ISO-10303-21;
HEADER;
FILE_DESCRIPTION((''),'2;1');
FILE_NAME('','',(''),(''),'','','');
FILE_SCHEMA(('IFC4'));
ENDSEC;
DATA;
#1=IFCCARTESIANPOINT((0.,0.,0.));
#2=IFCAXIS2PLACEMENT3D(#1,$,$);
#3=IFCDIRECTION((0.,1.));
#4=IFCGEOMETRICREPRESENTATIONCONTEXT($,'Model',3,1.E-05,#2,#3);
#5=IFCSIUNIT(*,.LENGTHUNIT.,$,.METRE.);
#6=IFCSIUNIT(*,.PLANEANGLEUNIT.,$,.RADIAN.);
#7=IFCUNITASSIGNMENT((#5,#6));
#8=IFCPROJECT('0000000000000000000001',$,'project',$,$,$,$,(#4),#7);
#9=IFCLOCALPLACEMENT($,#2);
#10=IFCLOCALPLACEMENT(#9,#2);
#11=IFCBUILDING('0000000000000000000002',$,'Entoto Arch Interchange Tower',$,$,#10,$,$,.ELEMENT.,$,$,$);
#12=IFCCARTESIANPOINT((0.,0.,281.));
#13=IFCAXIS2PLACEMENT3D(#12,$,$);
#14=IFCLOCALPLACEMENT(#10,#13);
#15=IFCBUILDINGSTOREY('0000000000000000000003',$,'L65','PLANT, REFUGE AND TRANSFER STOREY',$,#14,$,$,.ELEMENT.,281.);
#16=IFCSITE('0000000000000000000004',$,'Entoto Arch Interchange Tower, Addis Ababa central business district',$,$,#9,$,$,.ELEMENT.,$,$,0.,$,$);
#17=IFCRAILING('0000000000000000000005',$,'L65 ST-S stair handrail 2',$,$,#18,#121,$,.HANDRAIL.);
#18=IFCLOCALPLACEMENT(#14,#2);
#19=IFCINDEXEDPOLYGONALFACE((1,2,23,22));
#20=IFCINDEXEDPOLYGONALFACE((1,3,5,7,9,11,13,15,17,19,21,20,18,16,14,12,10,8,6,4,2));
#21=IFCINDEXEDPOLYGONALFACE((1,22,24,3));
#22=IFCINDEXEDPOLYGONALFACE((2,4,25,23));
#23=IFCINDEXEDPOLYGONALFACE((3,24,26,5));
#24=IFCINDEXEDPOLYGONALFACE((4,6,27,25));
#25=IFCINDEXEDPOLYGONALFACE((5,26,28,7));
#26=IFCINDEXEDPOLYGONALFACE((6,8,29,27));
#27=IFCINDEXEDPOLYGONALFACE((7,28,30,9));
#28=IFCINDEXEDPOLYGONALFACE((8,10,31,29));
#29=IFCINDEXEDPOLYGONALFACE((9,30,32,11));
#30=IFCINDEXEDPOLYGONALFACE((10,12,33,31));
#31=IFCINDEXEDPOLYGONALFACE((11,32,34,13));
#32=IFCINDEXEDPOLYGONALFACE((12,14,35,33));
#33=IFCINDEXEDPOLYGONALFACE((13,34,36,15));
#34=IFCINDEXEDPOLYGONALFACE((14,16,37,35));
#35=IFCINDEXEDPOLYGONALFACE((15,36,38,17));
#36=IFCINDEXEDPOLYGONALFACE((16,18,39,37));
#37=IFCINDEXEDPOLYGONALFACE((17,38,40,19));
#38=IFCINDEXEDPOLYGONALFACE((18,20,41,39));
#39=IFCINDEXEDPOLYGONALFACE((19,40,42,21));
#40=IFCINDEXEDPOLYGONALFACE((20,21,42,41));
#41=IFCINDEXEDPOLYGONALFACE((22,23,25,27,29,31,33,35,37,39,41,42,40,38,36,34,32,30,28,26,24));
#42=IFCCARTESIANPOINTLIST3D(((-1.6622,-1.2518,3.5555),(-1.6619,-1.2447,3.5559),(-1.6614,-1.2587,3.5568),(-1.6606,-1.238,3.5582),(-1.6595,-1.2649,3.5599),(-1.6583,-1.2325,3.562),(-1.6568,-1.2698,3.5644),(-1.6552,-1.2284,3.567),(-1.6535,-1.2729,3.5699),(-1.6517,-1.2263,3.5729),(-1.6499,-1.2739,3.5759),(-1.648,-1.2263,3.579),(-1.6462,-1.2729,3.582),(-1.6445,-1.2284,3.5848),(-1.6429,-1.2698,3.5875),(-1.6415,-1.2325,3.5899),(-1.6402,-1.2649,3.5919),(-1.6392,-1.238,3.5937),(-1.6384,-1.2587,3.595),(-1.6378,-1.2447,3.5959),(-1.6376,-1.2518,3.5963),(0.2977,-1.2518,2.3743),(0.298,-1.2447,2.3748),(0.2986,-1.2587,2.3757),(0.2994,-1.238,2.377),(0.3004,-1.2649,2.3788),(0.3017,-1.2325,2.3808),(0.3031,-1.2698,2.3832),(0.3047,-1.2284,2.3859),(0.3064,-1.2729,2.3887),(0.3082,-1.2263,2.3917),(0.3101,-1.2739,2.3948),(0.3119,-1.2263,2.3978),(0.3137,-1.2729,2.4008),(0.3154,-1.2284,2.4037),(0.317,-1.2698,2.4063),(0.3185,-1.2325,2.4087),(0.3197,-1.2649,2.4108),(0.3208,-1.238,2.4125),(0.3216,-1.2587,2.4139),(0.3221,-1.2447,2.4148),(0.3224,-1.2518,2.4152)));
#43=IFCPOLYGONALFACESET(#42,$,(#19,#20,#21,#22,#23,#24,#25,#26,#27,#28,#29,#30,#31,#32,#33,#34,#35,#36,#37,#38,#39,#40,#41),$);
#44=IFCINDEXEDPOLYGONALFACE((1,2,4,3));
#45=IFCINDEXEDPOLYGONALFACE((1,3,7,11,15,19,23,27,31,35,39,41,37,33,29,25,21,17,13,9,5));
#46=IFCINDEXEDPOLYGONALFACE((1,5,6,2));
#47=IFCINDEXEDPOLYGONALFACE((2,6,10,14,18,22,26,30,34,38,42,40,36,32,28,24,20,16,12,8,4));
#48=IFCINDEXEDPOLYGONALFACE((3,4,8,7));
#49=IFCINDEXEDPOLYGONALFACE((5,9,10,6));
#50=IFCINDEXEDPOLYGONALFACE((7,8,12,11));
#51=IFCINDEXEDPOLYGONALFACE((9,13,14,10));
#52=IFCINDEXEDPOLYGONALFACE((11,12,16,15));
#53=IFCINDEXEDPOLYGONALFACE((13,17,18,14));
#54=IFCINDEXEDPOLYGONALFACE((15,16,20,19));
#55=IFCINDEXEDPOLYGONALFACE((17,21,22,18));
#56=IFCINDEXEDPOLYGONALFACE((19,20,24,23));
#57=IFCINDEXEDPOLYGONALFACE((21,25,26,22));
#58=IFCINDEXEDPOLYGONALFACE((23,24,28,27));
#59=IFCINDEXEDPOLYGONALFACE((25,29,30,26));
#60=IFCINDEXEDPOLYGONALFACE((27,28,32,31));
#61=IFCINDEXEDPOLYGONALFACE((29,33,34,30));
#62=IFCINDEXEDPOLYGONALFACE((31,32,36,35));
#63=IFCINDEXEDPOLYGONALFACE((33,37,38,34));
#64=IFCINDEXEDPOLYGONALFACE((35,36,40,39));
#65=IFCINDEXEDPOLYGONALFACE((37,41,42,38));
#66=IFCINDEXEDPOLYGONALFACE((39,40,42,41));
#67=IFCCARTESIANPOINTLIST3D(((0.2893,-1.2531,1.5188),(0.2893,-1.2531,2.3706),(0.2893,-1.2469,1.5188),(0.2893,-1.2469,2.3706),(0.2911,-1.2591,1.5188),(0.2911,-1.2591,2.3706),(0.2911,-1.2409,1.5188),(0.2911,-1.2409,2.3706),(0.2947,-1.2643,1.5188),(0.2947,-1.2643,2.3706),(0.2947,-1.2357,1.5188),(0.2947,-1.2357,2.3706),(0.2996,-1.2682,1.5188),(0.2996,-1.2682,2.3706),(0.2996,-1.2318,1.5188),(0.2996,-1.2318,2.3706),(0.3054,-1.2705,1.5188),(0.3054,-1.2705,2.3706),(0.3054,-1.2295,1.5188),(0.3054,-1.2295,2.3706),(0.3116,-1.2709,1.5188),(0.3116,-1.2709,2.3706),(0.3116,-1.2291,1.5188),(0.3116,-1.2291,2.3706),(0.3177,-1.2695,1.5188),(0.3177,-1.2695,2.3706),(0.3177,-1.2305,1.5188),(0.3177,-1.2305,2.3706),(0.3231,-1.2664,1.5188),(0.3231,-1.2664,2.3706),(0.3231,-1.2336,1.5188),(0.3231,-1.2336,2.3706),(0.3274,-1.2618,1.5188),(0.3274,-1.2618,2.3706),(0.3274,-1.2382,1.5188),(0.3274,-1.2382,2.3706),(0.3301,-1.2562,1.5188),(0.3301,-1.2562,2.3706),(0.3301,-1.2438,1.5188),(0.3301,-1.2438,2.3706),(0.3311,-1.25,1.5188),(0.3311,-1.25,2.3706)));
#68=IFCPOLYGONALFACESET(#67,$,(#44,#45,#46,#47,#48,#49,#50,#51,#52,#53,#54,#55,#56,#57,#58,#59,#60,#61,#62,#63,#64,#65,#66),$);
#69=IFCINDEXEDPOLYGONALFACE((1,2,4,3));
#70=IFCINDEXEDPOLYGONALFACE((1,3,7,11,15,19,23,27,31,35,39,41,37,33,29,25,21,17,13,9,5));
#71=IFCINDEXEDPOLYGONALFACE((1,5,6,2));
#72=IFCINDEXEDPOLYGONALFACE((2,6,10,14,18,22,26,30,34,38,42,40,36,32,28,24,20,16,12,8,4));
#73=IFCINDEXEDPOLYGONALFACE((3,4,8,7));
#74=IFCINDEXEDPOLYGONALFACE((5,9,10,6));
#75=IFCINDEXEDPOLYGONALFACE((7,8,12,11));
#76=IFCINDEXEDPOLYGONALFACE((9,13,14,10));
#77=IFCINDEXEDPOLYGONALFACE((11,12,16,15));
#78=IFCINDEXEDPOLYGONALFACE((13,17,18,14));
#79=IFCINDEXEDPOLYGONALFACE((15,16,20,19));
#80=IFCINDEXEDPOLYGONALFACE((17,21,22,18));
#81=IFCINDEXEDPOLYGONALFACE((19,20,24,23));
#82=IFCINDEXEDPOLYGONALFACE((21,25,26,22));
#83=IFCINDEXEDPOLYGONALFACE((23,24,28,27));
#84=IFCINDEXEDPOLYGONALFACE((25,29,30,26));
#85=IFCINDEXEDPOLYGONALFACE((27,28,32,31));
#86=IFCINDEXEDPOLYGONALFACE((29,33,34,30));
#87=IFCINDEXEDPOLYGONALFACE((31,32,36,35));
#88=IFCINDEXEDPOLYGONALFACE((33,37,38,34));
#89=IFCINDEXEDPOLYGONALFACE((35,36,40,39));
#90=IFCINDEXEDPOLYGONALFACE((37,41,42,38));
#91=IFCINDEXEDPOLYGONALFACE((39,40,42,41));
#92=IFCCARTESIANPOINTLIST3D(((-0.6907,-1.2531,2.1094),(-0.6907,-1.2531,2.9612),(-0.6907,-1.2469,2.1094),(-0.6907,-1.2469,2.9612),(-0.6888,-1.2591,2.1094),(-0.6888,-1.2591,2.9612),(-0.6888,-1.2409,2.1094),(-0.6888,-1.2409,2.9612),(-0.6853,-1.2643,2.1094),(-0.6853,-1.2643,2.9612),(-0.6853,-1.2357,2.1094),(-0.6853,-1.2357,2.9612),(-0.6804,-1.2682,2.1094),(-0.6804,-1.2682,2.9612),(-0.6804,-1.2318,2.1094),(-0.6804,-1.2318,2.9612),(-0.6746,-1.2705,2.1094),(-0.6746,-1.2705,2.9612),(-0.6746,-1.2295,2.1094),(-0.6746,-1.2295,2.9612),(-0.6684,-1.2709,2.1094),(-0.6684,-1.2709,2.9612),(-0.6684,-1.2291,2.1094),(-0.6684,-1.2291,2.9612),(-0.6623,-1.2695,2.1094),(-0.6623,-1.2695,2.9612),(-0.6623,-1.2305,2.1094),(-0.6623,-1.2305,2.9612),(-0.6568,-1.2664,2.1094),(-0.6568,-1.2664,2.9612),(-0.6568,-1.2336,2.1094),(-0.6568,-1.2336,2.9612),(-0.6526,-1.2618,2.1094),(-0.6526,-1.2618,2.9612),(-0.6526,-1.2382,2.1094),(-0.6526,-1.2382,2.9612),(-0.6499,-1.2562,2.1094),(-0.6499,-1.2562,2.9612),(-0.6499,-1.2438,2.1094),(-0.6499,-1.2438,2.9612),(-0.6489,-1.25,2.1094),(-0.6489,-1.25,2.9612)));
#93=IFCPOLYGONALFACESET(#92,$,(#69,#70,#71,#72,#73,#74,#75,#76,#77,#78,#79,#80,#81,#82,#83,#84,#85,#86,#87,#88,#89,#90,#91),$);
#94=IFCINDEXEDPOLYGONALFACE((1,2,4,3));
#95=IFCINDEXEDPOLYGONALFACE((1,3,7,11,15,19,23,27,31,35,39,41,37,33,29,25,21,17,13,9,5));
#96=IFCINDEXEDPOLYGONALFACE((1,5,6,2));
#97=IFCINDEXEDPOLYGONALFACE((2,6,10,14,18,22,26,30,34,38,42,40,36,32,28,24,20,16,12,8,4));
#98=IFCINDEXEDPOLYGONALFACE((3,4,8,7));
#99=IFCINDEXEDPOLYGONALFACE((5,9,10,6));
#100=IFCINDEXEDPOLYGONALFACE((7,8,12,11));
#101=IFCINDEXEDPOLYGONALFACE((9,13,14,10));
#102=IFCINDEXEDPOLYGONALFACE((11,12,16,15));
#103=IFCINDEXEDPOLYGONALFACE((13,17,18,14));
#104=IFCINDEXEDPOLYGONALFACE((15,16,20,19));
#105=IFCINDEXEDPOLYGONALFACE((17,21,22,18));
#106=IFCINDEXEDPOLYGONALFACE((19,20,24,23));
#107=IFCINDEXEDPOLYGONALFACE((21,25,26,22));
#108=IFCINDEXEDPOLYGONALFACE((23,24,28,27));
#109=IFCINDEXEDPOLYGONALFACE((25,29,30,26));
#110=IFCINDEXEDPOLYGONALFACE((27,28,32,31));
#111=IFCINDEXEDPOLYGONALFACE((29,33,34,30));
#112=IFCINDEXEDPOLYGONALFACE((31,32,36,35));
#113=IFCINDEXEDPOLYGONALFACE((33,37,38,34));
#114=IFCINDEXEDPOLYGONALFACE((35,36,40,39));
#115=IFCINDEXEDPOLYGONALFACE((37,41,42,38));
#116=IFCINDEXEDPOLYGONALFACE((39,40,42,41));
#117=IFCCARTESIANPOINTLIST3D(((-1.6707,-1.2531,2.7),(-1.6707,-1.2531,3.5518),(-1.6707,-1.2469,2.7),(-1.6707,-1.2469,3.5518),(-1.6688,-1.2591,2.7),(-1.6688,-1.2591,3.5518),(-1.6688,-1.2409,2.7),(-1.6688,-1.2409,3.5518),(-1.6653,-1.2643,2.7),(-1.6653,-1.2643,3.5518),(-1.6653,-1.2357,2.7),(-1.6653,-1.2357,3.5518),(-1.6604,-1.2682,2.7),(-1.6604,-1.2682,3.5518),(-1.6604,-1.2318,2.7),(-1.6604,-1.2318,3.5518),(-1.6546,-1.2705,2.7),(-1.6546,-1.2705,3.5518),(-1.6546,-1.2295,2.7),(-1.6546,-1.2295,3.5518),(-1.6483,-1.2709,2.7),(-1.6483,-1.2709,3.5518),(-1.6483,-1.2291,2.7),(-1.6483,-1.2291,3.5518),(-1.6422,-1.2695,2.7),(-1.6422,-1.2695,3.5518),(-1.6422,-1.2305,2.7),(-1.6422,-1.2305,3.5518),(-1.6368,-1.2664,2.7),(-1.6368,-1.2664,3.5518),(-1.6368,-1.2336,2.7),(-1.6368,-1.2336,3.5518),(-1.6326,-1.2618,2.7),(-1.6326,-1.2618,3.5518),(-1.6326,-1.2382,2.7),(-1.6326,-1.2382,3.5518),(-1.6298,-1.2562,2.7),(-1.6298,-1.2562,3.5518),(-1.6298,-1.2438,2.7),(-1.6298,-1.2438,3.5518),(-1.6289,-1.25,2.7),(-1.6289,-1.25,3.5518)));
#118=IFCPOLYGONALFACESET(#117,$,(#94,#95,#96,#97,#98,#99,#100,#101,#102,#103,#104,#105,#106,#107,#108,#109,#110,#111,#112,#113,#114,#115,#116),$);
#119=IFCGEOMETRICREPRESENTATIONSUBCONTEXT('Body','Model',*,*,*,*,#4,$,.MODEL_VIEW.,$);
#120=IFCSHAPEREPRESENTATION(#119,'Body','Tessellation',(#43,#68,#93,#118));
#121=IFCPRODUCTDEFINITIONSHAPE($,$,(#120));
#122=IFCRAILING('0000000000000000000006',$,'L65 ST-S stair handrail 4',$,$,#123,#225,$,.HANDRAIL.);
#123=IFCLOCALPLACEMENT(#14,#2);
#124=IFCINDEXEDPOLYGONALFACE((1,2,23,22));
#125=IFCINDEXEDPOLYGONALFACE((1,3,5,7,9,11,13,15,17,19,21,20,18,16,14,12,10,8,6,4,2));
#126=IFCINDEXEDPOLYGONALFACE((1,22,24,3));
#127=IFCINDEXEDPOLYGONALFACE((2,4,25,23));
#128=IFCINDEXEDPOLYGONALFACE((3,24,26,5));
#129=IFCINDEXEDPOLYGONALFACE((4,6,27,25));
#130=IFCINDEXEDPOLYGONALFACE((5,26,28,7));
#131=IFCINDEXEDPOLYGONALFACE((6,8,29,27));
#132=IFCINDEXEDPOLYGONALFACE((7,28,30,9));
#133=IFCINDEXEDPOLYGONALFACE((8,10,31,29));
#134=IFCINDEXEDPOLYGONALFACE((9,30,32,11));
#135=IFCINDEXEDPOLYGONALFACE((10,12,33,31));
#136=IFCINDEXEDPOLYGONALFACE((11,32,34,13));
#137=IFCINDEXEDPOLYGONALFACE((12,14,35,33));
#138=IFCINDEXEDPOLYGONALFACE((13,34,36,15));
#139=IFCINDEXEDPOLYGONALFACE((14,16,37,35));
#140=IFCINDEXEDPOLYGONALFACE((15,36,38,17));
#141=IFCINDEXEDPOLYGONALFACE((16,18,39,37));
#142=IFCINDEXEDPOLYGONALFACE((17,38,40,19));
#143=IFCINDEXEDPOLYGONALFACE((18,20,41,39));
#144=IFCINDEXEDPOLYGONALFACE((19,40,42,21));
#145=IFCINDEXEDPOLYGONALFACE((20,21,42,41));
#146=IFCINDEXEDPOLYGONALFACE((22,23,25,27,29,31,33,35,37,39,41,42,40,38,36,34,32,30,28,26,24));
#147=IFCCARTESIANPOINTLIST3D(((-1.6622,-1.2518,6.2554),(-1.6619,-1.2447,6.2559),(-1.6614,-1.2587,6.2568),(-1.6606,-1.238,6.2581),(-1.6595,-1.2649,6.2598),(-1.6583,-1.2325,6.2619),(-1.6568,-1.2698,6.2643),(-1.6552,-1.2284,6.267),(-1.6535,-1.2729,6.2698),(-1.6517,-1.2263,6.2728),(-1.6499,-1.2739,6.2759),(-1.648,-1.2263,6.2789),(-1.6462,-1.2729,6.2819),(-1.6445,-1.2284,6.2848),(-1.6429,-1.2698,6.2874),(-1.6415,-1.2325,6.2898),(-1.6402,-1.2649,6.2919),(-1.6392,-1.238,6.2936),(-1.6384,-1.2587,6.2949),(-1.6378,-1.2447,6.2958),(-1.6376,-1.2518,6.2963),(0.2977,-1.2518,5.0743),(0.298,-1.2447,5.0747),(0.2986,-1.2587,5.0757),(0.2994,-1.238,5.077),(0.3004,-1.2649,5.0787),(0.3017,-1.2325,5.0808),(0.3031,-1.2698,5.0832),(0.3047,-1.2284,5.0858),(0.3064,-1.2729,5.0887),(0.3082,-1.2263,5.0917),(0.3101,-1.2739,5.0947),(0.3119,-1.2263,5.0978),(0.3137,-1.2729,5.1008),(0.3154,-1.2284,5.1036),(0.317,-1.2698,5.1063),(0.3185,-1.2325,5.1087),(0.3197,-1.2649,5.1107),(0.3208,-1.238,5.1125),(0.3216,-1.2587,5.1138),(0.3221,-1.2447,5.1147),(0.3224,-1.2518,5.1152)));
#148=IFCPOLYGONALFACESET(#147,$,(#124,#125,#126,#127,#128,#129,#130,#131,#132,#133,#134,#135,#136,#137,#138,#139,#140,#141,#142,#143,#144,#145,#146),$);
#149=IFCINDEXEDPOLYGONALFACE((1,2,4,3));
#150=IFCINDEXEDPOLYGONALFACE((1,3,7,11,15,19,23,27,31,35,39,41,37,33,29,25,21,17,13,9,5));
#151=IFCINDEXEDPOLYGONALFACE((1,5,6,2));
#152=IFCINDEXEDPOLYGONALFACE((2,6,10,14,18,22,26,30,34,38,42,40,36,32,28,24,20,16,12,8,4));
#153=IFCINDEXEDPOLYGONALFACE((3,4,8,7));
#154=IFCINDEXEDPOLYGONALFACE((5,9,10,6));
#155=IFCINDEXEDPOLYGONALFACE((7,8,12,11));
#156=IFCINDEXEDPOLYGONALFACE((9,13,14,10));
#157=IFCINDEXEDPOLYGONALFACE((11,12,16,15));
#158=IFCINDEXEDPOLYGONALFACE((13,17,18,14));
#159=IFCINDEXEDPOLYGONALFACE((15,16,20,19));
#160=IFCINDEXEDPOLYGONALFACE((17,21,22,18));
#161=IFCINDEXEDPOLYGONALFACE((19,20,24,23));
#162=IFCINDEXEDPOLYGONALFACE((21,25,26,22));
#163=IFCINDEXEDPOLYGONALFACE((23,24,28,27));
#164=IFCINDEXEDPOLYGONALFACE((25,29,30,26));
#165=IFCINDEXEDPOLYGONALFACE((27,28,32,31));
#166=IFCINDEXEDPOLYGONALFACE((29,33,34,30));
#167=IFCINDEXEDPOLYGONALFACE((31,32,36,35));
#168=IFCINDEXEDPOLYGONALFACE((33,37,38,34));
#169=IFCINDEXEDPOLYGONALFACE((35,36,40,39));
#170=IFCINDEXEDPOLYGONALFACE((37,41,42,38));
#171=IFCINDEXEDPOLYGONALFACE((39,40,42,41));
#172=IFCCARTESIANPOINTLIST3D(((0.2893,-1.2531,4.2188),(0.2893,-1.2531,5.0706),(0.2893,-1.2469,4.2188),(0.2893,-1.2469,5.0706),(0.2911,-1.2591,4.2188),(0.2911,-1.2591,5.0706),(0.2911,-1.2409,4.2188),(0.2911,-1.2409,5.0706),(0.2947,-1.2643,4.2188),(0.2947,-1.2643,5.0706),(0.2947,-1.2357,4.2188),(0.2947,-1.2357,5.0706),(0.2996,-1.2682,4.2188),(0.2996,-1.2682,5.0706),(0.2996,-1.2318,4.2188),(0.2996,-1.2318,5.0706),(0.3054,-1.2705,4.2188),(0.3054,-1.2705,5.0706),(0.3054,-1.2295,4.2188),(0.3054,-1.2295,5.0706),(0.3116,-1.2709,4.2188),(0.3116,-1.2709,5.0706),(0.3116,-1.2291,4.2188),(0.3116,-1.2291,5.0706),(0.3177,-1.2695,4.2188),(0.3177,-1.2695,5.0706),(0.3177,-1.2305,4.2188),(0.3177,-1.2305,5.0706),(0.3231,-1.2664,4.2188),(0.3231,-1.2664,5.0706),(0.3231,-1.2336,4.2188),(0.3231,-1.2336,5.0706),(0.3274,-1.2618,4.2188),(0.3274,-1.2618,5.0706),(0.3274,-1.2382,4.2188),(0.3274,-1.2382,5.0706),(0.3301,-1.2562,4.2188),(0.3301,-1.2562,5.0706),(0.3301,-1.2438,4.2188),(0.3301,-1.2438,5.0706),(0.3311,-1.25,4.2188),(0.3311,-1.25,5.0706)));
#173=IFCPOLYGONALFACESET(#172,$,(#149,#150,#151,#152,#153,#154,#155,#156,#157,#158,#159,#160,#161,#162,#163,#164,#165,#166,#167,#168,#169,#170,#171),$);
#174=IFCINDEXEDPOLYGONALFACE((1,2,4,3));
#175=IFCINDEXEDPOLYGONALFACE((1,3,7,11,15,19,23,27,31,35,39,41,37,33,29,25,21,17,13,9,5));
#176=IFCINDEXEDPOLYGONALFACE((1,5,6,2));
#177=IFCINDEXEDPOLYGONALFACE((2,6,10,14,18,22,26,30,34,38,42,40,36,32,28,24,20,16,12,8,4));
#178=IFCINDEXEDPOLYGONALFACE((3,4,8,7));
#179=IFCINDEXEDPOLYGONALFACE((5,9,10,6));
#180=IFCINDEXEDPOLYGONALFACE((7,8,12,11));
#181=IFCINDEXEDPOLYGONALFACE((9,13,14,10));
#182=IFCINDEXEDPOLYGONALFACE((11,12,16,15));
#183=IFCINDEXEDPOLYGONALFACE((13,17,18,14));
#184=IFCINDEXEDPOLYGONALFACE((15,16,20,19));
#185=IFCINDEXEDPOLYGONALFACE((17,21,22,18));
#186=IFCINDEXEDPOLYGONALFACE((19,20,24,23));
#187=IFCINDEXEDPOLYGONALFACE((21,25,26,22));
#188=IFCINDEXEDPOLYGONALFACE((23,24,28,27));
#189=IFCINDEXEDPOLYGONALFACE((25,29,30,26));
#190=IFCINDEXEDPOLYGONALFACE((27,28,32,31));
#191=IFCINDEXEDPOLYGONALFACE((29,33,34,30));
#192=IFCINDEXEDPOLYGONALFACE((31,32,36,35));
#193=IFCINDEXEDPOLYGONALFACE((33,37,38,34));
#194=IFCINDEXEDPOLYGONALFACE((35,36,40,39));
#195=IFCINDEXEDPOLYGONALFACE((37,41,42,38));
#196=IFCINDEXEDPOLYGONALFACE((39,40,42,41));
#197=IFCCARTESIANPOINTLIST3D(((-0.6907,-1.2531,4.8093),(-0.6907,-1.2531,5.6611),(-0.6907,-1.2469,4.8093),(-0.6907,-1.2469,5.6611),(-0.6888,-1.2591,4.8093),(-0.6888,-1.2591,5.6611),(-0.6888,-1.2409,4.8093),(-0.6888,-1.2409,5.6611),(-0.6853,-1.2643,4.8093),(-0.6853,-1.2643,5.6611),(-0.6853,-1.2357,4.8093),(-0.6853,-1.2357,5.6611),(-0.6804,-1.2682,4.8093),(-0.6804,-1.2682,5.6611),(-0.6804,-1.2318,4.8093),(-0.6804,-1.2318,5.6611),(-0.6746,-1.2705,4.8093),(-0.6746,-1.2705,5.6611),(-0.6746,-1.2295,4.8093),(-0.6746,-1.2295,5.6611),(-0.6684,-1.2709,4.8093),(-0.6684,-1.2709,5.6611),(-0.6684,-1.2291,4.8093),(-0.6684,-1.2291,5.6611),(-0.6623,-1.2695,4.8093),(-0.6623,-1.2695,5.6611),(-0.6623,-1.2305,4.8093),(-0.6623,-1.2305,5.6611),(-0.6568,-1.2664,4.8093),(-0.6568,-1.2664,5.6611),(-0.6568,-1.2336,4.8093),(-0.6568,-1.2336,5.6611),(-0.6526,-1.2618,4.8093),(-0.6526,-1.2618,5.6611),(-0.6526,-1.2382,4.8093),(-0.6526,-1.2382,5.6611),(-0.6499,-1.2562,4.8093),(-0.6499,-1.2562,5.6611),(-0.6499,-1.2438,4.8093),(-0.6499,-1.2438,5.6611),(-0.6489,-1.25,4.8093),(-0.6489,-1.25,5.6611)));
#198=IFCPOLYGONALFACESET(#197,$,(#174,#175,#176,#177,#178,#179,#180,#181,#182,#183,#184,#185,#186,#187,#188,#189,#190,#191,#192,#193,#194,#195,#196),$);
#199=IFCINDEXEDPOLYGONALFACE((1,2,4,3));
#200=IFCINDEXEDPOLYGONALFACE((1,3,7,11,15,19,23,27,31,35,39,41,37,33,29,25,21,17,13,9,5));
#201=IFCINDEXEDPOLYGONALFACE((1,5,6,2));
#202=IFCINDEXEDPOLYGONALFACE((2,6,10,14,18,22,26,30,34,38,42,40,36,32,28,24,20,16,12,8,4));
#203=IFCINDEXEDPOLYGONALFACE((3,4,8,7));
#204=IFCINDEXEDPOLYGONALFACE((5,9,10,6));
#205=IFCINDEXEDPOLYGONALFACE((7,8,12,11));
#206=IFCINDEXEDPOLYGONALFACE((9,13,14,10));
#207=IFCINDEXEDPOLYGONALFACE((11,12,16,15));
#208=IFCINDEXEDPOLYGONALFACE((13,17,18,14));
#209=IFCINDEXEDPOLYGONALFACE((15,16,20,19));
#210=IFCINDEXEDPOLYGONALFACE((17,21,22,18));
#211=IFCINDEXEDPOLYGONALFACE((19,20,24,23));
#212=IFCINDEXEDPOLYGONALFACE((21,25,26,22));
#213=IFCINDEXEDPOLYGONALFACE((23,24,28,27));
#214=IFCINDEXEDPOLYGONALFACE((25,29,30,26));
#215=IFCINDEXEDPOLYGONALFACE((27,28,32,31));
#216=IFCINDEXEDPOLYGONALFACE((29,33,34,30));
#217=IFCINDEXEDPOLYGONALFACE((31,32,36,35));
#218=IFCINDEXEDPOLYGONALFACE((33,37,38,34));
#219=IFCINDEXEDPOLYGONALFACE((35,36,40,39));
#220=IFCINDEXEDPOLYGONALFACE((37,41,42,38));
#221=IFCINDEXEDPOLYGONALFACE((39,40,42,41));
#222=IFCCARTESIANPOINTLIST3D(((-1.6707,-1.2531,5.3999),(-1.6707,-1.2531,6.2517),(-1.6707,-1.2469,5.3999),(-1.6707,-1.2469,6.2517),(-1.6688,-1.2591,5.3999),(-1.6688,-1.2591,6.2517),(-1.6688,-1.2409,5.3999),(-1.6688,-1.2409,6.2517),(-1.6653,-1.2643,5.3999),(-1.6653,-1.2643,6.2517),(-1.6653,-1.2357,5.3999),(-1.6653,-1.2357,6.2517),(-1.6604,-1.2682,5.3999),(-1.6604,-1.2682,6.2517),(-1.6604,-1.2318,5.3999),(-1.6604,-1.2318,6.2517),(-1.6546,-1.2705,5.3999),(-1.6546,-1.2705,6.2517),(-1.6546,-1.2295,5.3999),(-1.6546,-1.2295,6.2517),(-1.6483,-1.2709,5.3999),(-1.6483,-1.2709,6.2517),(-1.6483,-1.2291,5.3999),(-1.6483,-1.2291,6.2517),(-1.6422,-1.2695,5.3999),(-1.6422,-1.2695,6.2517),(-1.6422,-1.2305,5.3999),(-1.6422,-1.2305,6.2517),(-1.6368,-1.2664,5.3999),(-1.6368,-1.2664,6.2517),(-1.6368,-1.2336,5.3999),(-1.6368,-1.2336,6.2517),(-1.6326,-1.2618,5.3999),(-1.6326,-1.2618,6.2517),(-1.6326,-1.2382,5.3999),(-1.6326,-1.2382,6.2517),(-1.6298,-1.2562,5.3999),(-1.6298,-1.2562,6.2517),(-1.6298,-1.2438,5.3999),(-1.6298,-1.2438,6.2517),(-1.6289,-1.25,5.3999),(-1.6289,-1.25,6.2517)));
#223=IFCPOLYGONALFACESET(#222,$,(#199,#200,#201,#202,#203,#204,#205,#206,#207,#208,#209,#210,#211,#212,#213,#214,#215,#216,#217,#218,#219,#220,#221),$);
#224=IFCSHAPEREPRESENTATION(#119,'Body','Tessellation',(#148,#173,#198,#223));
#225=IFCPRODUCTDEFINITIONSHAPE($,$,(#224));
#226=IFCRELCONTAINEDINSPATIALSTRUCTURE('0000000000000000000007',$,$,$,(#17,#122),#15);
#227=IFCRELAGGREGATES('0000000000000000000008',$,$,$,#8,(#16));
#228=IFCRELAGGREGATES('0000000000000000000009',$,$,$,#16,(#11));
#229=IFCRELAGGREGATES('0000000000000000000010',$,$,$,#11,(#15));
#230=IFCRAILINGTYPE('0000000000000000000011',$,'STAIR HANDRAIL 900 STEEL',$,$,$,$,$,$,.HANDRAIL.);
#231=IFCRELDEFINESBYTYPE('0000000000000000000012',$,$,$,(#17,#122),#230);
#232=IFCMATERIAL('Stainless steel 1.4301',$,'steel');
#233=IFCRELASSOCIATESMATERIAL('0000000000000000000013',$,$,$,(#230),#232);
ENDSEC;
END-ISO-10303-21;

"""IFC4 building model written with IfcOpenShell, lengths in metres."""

from ifc_helpers import new_model, si_unit, direction, frame, origin, origin_2d, place, context, subcontext, project, spatial, circle, extrude, material, type_object, element, save


model = new_model("IFC4")

# Units and contexts
model_context = context("Model", 3, precision=1e-05, world=origin(), true_north=direction((0.0, 1.0)))
body_context = subcontext(model_context, "Body", "Model", "MODEL_VIEW")
ifc_project = project(units=[si_unit("LENGTHUNIT", "METRE"), si_unit("PLANEANGLEUNIT", "RADIAN")], contexts=[model_context])

# Site, building, storey
site_placement = place(None, origin())
site = spatial("IfcSite", under=ifc_project, at=site_placement, Name="Entoto Arch Interchange Tower, Addis Ababa central business district", CompositionType="ELEMENT", RefElevation=0.0)
building_placement = place(site_placement, origin())
building = spatial("IfcBuilding", under=site, at=building_placement, Name="Entoto Arch Interchange Tower", CompositionType="ELEMENT")
storey_placement = place(building_placement, frame((0.0, 0.0, 281.0)))
storey = spatial("IfcBuildingStorey", under=building, at=storey_placement, Name="L65", Description="PLANT, REFUGE AND TRANSFER STOREY", CompositionType="ELEMENT", Elevation=281.0)

# Railings
ifc_material_1 = material(Name="Stainless steel 1.4301", Category="steel")
railing_type_1 = type_object("IfcRailingType", Name="STAIR HANDRAIL 900 STEEL", PredefinedType="HANDRAIL", material=ifc_material_1)
for number, where, name in (
    (1, (0.3101, -1.25, 1.5188), "L65 ST-S stair handrail 2"),
    (2, (0.3101, -1.25, 4.2188), "L65 ST-S stair handrail 4"),
):
    element("IfcRailing", number, at=place(storey_placement, frame(where)), inside=storey, type_object=railing_type_1, Name=name, PredefinedType="HANDRAIL", context=body_context, shape_type="SweptSolid", body=[
        extrude(circle(Radius=0.0239, at=origin_2d()), frame((0.0, 0.0, 0.876), z_axis=(-0.856493, 0.0, 0.516158), x_axis=(0.0, -1.0, 0.0)), (0.0, 0.0, 1.0), 2.2883),
        extrude(circle(Radius=0.021, at=origin_2d()), origin(), (0.0, 0.0, 1.0), 0.8518),
        extrude(circle(Radius=0.021, at=origin_2d()), frame((-0.98, 0.0, 0.5906)), (0.0, 0.0, 1.0), 0.8518),
        extrude(circle(Radius=0.021, at=origin_2d()), frame((-1.96, 0.0, 1.1812)), (0.0, 0.0, 1.0), 0.8518),
    ])

save(model, "model.ifc")
